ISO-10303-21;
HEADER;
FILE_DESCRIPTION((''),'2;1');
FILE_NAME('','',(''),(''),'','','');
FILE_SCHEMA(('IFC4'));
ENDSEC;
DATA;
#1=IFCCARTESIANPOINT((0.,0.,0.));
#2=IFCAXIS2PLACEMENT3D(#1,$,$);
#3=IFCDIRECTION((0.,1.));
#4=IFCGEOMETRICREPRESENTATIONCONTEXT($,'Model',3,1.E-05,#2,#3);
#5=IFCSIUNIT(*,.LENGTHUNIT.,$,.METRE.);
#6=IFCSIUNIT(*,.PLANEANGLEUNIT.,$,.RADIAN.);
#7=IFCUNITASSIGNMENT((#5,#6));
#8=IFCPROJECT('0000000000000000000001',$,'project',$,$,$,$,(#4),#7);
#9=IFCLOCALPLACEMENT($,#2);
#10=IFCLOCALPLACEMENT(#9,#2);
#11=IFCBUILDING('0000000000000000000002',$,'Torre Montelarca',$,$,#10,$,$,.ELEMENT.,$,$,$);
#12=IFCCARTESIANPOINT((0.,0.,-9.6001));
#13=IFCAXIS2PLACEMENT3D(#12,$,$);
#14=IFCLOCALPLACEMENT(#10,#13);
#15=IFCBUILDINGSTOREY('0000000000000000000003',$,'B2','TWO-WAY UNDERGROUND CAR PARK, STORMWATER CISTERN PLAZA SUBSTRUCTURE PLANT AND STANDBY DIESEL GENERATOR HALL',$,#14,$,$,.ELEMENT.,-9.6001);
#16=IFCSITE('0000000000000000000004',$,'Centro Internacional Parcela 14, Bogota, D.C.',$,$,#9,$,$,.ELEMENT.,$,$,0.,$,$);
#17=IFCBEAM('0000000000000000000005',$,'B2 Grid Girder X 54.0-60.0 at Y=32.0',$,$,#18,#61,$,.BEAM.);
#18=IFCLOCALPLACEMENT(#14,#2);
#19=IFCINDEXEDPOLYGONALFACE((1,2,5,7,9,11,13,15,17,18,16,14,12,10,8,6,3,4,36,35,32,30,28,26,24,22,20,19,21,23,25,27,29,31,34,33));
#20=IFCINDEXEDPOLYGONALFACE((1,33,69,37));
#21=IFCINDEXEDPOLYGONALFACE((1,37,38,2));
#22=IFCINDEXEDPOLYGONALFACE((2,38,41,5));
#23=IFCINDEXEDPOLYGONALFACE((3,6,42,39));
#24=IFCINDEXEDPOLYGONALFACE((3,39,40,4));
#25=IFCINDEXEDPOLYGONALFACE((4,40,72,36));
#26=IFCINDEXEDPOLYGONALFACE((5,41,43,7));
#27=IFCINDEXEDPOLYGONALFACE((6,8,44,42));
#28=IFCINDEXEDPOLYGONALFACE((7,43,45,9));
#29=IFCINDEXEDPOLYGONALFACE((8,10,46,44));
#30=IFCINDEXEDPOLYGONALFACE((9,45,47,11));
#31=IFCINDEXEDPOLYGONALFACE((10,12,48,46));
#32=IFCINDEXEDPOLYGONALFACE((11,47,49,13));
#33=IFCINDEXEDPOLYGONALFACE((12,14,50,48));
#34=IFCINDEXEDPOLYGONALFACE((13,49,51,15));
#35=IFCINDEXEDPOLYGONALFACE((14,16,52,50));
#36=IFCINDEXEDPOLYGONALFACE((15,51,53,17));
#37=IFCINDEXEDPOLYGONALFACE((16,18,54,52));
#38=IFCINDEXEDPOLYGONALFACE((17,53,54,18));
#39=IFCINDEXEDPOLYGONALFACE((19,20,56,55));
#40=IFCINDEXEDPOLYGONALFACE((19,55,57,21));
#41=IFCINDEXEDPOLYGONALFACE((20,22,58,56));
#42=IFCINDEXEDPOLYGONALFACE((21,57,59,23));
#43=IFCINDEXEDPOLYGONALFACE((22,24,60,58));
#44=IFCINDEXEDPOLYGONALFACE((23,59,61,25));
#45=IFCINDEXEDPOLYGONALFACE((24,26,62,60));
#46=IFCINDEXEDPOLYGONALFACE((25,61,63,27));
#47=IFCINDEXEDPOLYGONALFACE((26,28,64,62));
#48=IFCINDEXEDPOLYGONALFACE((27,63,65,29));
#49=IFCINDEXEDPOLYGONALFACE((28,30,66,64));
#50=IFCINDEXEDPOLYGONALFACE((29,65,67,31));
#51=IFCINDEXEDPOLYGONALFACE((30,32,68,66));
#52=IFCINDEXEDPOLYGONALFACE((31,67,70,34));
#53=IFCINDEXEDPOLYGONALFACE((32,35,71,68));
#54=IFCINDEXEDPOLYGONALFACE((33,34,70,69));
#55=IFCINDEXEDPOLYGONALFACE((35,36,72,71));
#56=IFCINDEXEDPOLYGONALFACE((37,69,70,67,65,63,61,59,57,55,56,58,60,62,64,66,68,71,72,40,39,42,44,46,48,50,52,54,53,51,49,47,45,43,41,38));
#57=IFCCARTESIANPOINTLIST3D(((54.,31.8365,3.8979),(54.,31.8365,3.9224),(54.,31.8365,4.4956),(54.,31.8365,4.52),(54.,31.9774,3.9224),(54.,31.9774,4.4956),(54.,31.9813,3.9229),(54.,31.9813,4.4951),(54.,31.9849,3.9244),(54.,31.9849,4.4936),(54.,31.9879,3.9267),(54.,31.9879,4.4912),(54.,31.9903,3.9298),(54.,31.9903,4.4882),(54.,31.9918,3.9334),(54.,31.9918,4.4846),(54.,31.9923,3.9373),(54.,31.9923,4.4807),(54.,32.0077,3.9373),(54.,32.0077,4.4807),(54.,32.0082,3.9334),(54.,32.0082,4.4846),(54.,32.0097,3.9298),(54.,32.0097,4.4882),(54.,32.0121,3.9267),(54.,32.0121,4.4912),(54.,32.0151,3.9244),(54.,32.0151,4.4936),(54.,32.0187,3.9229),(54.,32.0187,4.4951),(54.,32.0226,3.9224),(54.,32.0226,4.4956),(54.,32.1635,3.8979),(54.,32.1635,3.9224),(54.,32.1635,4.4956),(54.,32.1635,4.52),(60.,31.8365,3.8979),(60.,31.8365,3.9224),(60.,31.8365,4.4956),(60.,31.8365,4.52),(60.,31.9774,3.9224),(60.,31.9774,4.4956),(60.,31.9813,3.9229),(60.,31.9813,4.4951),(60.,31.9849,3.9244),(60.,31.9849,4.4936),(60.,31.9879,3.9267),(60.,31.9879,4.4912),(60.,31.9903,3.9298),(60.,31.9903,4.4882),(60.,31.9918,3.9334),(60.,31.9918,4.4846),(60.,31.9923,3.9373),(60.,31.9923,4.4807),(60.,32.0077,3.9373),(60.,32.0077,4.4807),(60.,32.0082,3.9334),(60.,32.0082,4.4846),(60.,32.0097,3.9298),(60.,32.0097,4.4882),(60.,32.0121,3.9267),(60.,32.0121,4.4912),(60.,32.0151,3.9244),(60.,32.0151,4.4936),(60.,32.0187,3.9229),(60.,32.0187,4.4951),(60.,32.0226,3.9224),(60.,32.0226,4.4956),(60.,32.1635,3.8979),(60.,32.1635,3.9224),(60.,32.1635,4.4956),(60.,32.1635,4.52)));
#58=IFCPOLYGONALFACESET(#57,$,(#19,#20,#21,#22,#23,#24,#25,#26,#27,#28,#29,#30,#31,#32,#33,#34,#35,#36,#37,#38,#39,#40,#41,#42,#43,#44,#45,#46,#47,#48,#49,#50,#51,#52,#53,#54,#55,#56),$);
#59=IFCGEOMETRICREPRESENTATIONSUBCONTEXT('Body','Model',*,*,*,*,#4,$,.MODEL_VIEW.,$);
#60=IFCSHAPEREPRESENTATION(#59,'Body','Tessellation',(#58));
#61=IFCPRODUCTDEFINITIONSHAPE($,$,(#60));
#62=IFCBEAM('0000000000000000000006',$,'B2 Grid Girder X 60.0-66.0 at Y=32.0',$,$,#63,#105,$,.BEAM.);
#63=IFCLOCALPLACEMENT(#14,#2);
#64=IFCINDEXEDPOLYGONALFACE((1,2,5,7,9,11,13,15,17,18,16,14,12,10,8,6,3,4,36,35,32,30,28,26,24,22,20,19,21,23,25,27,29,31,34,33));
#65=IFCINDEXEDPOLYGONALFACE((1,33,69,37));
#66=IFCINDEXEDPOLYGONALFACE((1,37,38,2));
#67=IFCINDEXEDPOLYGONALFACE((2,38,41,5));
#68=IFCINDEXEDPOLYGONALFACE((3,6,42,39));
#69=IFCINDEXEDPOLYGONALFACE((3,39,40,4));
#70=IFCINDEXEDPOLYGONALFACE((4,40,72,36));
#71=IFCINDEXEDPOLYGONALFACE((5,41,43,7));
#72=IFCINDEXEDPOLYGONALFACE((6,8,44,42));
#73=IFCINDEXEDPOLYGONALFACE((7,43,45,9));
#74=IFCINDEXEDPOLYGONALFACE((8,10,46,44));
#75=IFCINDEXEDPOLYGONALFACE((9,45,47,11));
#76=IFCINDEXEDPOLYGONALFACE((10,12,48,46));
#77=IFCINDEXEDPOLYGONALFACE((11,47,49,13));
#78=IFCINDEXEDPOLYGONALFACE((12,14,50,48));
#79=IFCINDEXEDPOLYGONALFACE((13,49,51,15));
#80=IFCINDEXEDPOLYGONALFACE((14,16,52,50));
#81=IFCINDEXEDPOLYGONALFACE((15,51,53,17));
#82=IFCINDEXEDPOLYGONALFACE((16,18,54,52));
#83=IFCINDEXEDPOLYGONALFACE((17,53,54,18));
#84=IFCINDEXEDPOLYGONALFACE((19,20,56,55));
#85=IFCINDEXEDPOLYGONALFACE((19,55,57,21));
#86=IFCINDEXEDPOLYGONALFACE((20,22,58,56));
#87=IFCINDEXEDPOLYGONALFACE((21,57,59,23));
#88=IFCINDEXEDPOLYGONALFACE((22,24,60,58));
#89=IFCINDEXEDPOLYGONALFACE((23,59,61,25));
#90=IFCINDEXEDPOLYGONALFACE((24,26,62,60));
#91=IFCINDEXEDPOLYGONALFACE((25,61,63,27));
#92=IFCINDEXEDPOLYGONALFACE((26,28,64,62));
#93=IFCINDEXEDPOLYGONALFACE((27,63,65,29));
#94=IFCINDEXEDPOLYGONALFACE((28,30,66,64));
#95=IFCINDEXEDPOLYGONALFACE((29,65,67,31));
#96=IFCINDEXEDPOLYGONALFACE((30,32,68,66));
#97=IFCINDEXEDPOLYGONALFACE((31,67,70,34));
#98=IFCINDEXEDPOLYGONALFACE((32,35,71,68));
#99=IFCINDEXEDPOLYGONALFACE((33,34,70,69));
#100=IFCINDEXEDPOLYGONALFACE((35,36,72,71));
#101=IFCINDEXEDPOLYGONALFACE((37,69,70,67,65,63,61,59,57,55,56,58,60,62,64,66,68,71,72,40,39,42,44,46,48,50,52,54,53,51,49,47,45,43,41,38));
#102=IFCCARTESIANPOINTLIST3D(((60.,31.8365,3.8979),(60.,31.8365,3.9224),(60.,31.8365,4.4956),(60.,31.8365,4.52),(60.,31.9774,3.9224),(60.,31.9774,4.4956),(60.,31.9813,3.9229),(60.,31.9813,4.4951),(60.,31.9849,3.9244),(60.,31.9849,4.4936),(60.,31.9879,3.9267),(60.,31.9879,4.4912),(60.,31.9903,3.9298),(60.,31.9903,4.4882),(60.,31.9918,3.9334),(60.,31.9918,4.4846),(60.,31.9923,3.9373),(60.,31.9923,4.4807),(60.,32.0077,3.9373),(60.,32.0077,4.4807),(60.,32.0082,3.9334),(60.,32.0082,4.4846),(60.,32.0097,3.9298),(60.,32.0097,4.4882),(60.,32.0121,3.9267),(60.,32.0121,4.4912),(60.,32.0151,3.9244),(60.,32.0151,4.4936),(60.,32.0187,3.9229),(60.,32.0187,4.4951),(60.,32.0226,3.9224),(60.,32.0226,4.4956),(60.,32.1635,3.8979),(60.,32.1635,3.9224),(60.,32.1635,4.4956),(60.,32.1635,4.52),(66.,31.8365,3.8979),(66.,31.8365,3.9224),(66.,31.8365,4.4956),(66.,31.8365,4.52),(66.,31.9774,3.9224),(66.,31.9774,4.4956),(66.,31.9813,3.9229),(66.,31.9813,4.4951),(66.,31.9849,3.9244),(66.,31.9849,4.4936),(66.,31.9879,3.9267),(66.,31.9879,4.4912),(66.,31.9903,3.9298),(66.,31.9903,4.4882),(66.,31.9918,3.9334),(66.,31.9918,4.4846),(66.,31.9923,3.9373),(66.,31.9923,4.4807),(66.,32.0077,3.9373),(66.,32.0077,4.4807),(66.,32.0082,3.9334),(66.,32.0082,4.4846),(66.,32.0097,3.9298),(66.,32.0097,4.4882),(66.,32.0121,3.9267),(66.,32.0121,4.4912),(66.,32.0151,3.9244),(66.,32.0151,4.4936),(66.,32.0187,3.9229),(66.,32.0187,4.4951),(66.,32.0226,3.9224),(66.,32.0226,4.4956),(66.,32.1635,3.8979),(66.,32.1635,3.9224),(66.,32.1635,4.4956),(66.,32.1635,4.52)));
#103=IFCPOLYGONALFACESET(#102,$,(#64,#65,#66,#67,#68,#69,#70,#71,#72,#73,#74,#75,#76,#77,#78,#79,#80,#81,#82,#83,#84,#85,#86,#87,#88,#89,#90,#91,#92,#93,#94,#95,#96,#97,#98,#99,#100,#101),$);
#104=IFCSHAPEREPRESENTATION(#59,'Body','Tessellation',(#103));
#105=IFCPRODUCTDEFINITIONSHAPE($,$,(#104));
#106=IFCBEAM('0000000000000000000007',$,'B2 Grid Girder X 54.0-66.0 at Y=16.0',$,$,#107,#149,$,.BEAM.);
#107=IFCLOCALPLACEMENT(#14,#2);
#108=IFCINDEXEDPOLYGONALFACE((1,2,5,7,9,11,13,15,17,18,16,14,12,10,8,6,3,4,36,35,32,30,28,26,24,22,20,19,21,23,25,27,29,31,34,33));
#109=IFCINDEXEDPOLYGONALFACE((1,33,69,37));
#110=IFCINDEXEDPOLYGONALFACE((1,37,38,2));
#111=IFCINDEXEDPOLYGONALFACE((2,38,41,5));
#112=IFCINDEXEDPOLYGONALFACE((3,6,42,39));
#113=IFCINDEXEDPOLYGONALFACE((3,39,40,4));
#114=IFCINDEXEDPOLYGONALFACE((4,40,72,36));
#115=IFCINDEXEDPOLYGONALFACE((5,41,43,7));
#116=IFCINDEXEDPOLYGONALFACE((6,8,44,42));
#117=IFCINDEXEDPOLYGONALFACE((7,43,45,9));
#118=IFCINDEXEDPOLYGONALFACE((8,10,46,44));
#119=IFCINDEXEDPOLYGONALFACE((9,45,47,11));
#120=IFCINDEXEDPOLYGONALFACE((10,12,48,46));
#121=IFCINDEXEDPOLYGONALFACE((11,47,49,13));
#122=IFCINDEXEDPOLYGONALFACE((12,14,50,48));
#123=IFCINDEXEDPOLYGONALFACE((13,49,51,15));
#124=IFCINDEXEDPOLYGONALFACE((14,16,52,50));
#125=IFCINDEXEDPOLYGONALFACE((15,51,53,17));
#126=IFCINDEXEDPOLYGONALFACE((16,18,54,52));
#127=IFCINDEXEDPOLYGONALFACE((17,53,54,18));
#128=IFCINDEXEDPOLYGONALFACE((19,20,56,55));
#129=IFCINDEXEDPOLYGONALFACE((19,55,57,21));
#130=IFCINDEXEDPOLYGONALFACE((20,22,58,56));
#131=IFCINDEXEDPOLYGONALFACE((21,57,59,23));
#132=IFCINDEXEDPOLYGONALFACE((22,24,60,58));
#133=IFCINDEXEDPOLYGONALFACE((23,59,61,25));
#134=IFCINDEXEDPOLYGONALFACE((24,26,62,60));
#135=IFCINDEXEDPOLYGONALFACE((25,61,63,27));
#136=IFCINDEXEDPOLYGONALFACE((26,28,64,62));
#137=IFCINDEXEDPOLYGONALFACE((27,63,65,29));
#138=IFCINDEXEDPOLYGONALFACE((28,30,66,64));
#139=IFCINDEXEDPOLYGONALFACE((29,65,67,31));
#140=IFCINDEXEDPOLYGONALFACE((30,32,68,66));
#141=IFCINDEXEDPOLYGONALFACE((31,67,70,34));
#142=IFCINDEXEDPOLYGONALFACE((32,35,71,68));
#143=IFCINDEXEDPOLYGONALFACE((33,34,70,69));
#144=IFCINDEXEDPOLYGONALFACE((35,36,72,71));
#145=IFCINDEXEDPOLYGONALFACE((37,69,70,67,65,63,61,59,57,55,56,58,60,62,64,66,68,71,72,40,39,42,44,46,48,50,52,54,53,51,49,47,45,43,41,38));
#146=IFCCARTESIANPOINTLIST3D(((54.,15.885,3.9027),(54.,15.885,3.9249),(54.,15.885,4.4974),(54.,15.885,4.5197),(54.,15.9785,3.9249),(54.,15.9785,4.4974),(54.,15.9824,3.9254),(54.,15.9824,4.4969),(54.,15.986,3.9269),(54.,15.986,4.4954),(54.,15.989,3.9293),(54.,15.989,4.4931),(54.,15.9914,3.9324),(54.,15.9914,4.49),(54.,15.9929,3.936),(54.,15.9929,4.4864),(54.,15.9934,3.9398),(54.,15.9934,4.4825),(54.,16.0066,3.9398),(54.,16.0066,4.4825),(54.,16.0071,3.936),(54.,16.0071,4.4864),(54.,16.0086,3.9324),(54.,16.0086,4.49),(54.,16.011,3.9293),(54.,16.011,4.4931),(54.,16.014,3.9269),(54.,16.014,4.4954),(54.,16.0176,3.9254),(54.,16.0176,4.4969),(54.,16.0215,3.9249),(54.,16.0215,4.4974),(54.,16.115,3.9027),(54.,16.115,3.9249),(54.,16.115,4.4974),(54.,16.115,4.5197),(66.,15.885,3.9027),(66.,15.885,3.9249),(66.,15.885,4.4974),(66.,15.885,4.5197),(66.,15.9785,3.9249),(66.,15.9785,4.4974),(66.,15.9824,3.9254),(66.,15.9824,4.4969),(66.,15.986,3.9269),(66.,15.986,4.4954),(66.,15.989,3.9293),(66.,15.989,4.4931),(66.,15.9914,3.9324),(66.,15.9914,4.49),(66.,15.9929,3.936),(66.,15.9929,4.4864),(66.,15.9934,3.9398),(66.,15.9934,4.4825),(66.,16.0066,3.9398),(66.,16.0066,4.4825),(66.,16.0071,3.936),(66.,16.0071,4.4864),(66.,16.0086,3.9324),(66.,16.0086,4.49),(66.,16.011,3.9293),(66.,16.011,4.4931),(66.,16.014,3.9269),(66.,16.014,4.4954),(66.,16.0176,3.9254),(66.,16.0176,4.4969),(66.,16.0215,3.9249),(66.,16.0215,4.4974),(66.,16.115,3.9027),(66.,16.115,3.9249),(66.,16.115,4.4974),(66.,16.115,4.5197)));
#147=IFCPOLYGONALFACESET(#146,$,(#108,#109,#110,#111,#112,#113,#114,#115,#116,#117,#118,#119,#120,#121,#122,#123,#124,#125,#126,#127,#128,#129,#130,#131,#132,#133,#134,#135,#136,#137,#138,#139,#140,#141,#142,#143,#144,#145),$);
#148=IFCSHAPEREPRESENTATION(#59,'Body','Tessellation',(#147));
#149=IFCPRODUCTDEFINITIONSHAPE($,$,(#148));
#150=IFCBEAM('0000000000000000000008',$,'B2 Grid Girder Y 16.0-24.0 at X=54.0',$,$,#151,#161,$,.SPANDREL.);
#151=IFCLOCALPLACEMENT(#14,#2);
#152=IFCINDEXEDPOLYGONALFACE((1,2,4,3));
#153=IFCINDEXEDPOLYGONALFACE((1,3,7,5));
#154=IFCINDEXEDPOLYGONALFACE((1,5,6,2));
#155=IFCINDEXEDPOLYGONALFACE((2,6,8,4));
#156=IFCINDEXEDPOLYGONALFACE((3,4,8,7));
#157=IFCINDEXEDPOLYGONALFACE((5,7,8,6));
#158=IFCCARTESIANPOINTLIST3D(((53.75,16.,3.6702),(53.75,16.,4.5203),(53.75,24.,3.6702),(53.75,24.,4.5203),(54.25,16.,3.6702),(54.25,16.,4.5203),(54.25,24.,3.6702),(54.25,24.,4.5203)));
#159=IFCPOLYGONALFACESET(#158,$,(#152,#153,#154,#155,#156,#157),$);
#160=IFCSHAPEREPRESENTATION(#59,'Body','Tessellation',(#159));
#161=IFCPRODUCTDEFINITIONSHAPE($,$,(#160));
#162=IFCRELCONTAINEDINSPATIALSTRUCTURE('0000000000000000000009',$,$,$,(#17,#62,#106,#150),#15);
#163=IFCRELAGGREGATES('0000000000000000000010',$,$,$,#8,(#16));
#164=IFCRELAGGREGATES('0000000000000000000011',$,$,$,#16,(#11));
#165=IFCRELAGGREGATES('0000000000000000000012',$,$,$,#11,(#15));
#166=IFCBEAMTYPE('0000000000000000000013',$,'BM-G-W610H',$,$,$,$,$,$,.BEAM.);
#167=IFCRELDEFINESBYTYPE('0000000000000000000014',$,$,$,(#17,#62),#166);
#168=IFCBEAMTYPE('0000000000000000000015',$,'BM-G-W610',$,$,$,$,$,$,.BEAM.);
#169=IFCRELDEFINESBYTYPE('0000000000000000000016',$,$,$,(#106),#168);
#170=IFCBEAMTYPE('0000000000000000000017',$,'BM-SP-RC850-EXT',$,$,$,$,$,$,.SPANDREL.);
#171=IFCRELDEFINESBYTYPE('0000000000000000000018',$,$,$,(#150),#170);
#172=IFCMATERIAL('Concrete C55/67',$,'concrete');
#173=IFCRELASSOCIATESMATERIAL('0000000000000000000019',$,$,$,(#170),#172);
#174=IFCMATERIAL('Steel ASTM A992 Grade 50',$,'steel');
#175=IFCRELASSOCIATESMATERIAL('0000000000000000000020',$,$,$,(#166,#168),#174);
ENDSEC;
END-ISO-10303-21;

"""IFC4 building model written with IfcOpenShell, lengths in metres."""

from ifc_helpers import new_model, si_unit, direction, frame, origin, origin_2d, place, context, subcontext, project, spatial, rectangle, i_section, extrude, source, transform, mapped, material, material_profile, profile_set, type_object, element, save


model = new_model("IFC4")

# Units and contexts
model_context = context("Model", 3, precision=1e-05, world=origin(), true_north=direction((0.0, 1.0)))
body_context = subcontext(model_context, "Body", "Model", "MODEL_VIEW")
ifc_project = project(units=[si_unit("LENGTHUNIT", "METRE"), si_unit("PLANEANGLEUNIT", "RADIAN")], contexts=[model_context])

# Site, building, storey
site_placement = place(None, origin())
site = spatial("IfcSite", under=ifc_project, at=site_placement, Name="Centro Internacional Parcela 14, Bogota, D.C.", CompositionType="ELEMENT", RefElevation=0.0)
building_placement = place(site_placement, origin())
building = spatial("IfcBuilding", under=site, at=building_placement, Name="Torre Montelarca", CompositionType="ELEMENT")
storey_placement = place(building_placement, frame((0.0, 0.0, -9.6001)))
storey = spatial("IfcBuildingStorey", under=building, at=storey_placement, Name="B2", Description="TWO-WAY UNDERGROUND CAR PARK, STORMWATER CISTERN PLAZA SUBSTRUCTURE PLANT AND STANDBY DIESEL GENERATOR HALL", CompositionType="ELEMENT", Elevation=-9.6001)

# Shared definitions
ifc_material_1 = material(Name="Concrete C55/67", Category="concrete")

# Beams
ifc_material_profile_1 = material_profile(ifc_material_1, rectangle(XDim=0.5, YDim=0.8501, at=origin_2d()), Name="RCB500X850", Category="concrete")
ifc_profile_set_1 = profile_set([ifc_material_profile_1], Name="Concrete C55/67")
beam_type_1 = type_object("IfcBeamType", Name="BM-SP-RC850-EXT", PredefinedType="SPANDREL", material=ifc_profile_set_1)
ifc_material_2 = material(Name="Steel ASTM A992 Grade 50", Category="steel")
ifc_material_profile_2 = material_profile(ifc_material_2, i_section(OverallWidth=0.3269, OverallDepth=0.6221, WebThickness=0.0154, FlangeThickness=0.0244, FilletRadius=0.0149, at=origin_2d()), Name="W610X195", Category="steel")
ifc_profile_set_2 = profile_set([ifc_material_profile_2], Name="Steel ASTM A992 Grade 50")
beam_type_2 = type_object("IfcBeamType", Name="BM-G-W610H", PredefinedType="BEAM", material=ifc_profile_set_2)
shared_shape_1 = source(origin(), body_context, "Body", "SweptSolid", [
    extrude(i_section(OverallWidth=0.3269, OverallDepth=0.6221, WebThickness=0.0154, FlangeThickness=0.0244, FilletRadius=0.0149, at=origin_2d()), origin(), (0.0, 0.0, 1.0), 6.0),
])
for number, where, z_axis, x_axis, name in (
    (1, (54.0, 32.0, 4.209), (1.0, 0.0, 0.0), (0.0, 1.0, 0.0), "B2 Grid Girder X 54.0-60.0 at Y=32.0"),
    (2, (60.0, 32.0, 4.209), (1.0, 0.0, 0.0), (0.0, 1.0, 0.0), "B2 Grid Girder X 60.0-66.0 at Y=32.0"),
):
    element("IfcBeam", number, at=place(storey_placement, frame(where, z_axis=z_axis, x_axis=x_axis)), inside=storey, type_object=beam_type_2, Name=name, PredefinedType="BEAM", context=body_context, shape_type="MappedRepresentation", body=[
        mapped(shared_shape_1, transform((0.0, 0.0, 0.0), scale=1.0)),
    ])
ifc_material_profile_3 = material_profile(ifc_material_2, i_section(OverallWidth=0.23, OverallDepth=0.6169, WebThickness=0.0132, FlangeThickness=0.0222, FilletRadius=0.0149, at=origin_2d()), Name="W610X140", Category="steel")
ifc_profile_set_3 = profile_set([ifc_material_profile_3], Name="Steel ASTM A992 Grade 50")
beam_type_3 = type_object("IfcBeamType", Name="BM-G-W610", PredefinedType="BEAM", material=ifc_profile_set_3)
shared_shape_2 = source(origin(), body_context, "Body", "SweptSolid", [
    extrude(i_section(OverallWidth=0.23, OverallDepth=0.6169, WebThickness=0.0132, FlangeThickness=0.0222, FilletRadius=0.0149, at=origin_2d()), origin(), (0.0, 0.0, 1.0), 12.0),
])
beam_1_placement = place(storey_placement, frame((54.0, 16.0, 4.2112), z_axis=(1.0, 0.0, 0.0), x_axis=(0.0, 1.0, 0.0)))
element("IfcBeam", 3, at=beam_1_placement, inside=storey, type_object=beam_type_3, Name="B2 Grid Girder X 54.0-66.0 at Y=16.0", PredefinedType="BEAM", context=body_context, shape_type="MappedRepresentation", body=[
    mapped(shared_shape_2, transform((0.0, 0.0, 0.0), scale=1.0)),
])
shared_shape_3 = source(origin(), body_context, "Body", "SweptSolid", [
    extrude(rectangle(XDim=0.5, YDim=0.8501, at=origin_2d()), origin(), (0.0, 0.0, 1.0), 8.0),
])
beam_2_placement = place(storey_placement, frame((54.0, 16.0, 4.0952), z_axis=(0.0, 1.0, 0.0), x_axis=(-1.0, 0.0, 0.0)))
element("IfcBeam", 4, at=beam_2_placement, inside=storey, type_object=beam_type_1, Name="B2 Grid Girder Y 16.0-24.0 at X=54.0", PredefinedType="SPANDREL", context=body_context, shape_type="MappedRepresentation", body=[
    mapped(shared_shape_3, transform((0.0, 0.0, 0.0), scale=1.0)),
])

save(model, "model.ifc")
